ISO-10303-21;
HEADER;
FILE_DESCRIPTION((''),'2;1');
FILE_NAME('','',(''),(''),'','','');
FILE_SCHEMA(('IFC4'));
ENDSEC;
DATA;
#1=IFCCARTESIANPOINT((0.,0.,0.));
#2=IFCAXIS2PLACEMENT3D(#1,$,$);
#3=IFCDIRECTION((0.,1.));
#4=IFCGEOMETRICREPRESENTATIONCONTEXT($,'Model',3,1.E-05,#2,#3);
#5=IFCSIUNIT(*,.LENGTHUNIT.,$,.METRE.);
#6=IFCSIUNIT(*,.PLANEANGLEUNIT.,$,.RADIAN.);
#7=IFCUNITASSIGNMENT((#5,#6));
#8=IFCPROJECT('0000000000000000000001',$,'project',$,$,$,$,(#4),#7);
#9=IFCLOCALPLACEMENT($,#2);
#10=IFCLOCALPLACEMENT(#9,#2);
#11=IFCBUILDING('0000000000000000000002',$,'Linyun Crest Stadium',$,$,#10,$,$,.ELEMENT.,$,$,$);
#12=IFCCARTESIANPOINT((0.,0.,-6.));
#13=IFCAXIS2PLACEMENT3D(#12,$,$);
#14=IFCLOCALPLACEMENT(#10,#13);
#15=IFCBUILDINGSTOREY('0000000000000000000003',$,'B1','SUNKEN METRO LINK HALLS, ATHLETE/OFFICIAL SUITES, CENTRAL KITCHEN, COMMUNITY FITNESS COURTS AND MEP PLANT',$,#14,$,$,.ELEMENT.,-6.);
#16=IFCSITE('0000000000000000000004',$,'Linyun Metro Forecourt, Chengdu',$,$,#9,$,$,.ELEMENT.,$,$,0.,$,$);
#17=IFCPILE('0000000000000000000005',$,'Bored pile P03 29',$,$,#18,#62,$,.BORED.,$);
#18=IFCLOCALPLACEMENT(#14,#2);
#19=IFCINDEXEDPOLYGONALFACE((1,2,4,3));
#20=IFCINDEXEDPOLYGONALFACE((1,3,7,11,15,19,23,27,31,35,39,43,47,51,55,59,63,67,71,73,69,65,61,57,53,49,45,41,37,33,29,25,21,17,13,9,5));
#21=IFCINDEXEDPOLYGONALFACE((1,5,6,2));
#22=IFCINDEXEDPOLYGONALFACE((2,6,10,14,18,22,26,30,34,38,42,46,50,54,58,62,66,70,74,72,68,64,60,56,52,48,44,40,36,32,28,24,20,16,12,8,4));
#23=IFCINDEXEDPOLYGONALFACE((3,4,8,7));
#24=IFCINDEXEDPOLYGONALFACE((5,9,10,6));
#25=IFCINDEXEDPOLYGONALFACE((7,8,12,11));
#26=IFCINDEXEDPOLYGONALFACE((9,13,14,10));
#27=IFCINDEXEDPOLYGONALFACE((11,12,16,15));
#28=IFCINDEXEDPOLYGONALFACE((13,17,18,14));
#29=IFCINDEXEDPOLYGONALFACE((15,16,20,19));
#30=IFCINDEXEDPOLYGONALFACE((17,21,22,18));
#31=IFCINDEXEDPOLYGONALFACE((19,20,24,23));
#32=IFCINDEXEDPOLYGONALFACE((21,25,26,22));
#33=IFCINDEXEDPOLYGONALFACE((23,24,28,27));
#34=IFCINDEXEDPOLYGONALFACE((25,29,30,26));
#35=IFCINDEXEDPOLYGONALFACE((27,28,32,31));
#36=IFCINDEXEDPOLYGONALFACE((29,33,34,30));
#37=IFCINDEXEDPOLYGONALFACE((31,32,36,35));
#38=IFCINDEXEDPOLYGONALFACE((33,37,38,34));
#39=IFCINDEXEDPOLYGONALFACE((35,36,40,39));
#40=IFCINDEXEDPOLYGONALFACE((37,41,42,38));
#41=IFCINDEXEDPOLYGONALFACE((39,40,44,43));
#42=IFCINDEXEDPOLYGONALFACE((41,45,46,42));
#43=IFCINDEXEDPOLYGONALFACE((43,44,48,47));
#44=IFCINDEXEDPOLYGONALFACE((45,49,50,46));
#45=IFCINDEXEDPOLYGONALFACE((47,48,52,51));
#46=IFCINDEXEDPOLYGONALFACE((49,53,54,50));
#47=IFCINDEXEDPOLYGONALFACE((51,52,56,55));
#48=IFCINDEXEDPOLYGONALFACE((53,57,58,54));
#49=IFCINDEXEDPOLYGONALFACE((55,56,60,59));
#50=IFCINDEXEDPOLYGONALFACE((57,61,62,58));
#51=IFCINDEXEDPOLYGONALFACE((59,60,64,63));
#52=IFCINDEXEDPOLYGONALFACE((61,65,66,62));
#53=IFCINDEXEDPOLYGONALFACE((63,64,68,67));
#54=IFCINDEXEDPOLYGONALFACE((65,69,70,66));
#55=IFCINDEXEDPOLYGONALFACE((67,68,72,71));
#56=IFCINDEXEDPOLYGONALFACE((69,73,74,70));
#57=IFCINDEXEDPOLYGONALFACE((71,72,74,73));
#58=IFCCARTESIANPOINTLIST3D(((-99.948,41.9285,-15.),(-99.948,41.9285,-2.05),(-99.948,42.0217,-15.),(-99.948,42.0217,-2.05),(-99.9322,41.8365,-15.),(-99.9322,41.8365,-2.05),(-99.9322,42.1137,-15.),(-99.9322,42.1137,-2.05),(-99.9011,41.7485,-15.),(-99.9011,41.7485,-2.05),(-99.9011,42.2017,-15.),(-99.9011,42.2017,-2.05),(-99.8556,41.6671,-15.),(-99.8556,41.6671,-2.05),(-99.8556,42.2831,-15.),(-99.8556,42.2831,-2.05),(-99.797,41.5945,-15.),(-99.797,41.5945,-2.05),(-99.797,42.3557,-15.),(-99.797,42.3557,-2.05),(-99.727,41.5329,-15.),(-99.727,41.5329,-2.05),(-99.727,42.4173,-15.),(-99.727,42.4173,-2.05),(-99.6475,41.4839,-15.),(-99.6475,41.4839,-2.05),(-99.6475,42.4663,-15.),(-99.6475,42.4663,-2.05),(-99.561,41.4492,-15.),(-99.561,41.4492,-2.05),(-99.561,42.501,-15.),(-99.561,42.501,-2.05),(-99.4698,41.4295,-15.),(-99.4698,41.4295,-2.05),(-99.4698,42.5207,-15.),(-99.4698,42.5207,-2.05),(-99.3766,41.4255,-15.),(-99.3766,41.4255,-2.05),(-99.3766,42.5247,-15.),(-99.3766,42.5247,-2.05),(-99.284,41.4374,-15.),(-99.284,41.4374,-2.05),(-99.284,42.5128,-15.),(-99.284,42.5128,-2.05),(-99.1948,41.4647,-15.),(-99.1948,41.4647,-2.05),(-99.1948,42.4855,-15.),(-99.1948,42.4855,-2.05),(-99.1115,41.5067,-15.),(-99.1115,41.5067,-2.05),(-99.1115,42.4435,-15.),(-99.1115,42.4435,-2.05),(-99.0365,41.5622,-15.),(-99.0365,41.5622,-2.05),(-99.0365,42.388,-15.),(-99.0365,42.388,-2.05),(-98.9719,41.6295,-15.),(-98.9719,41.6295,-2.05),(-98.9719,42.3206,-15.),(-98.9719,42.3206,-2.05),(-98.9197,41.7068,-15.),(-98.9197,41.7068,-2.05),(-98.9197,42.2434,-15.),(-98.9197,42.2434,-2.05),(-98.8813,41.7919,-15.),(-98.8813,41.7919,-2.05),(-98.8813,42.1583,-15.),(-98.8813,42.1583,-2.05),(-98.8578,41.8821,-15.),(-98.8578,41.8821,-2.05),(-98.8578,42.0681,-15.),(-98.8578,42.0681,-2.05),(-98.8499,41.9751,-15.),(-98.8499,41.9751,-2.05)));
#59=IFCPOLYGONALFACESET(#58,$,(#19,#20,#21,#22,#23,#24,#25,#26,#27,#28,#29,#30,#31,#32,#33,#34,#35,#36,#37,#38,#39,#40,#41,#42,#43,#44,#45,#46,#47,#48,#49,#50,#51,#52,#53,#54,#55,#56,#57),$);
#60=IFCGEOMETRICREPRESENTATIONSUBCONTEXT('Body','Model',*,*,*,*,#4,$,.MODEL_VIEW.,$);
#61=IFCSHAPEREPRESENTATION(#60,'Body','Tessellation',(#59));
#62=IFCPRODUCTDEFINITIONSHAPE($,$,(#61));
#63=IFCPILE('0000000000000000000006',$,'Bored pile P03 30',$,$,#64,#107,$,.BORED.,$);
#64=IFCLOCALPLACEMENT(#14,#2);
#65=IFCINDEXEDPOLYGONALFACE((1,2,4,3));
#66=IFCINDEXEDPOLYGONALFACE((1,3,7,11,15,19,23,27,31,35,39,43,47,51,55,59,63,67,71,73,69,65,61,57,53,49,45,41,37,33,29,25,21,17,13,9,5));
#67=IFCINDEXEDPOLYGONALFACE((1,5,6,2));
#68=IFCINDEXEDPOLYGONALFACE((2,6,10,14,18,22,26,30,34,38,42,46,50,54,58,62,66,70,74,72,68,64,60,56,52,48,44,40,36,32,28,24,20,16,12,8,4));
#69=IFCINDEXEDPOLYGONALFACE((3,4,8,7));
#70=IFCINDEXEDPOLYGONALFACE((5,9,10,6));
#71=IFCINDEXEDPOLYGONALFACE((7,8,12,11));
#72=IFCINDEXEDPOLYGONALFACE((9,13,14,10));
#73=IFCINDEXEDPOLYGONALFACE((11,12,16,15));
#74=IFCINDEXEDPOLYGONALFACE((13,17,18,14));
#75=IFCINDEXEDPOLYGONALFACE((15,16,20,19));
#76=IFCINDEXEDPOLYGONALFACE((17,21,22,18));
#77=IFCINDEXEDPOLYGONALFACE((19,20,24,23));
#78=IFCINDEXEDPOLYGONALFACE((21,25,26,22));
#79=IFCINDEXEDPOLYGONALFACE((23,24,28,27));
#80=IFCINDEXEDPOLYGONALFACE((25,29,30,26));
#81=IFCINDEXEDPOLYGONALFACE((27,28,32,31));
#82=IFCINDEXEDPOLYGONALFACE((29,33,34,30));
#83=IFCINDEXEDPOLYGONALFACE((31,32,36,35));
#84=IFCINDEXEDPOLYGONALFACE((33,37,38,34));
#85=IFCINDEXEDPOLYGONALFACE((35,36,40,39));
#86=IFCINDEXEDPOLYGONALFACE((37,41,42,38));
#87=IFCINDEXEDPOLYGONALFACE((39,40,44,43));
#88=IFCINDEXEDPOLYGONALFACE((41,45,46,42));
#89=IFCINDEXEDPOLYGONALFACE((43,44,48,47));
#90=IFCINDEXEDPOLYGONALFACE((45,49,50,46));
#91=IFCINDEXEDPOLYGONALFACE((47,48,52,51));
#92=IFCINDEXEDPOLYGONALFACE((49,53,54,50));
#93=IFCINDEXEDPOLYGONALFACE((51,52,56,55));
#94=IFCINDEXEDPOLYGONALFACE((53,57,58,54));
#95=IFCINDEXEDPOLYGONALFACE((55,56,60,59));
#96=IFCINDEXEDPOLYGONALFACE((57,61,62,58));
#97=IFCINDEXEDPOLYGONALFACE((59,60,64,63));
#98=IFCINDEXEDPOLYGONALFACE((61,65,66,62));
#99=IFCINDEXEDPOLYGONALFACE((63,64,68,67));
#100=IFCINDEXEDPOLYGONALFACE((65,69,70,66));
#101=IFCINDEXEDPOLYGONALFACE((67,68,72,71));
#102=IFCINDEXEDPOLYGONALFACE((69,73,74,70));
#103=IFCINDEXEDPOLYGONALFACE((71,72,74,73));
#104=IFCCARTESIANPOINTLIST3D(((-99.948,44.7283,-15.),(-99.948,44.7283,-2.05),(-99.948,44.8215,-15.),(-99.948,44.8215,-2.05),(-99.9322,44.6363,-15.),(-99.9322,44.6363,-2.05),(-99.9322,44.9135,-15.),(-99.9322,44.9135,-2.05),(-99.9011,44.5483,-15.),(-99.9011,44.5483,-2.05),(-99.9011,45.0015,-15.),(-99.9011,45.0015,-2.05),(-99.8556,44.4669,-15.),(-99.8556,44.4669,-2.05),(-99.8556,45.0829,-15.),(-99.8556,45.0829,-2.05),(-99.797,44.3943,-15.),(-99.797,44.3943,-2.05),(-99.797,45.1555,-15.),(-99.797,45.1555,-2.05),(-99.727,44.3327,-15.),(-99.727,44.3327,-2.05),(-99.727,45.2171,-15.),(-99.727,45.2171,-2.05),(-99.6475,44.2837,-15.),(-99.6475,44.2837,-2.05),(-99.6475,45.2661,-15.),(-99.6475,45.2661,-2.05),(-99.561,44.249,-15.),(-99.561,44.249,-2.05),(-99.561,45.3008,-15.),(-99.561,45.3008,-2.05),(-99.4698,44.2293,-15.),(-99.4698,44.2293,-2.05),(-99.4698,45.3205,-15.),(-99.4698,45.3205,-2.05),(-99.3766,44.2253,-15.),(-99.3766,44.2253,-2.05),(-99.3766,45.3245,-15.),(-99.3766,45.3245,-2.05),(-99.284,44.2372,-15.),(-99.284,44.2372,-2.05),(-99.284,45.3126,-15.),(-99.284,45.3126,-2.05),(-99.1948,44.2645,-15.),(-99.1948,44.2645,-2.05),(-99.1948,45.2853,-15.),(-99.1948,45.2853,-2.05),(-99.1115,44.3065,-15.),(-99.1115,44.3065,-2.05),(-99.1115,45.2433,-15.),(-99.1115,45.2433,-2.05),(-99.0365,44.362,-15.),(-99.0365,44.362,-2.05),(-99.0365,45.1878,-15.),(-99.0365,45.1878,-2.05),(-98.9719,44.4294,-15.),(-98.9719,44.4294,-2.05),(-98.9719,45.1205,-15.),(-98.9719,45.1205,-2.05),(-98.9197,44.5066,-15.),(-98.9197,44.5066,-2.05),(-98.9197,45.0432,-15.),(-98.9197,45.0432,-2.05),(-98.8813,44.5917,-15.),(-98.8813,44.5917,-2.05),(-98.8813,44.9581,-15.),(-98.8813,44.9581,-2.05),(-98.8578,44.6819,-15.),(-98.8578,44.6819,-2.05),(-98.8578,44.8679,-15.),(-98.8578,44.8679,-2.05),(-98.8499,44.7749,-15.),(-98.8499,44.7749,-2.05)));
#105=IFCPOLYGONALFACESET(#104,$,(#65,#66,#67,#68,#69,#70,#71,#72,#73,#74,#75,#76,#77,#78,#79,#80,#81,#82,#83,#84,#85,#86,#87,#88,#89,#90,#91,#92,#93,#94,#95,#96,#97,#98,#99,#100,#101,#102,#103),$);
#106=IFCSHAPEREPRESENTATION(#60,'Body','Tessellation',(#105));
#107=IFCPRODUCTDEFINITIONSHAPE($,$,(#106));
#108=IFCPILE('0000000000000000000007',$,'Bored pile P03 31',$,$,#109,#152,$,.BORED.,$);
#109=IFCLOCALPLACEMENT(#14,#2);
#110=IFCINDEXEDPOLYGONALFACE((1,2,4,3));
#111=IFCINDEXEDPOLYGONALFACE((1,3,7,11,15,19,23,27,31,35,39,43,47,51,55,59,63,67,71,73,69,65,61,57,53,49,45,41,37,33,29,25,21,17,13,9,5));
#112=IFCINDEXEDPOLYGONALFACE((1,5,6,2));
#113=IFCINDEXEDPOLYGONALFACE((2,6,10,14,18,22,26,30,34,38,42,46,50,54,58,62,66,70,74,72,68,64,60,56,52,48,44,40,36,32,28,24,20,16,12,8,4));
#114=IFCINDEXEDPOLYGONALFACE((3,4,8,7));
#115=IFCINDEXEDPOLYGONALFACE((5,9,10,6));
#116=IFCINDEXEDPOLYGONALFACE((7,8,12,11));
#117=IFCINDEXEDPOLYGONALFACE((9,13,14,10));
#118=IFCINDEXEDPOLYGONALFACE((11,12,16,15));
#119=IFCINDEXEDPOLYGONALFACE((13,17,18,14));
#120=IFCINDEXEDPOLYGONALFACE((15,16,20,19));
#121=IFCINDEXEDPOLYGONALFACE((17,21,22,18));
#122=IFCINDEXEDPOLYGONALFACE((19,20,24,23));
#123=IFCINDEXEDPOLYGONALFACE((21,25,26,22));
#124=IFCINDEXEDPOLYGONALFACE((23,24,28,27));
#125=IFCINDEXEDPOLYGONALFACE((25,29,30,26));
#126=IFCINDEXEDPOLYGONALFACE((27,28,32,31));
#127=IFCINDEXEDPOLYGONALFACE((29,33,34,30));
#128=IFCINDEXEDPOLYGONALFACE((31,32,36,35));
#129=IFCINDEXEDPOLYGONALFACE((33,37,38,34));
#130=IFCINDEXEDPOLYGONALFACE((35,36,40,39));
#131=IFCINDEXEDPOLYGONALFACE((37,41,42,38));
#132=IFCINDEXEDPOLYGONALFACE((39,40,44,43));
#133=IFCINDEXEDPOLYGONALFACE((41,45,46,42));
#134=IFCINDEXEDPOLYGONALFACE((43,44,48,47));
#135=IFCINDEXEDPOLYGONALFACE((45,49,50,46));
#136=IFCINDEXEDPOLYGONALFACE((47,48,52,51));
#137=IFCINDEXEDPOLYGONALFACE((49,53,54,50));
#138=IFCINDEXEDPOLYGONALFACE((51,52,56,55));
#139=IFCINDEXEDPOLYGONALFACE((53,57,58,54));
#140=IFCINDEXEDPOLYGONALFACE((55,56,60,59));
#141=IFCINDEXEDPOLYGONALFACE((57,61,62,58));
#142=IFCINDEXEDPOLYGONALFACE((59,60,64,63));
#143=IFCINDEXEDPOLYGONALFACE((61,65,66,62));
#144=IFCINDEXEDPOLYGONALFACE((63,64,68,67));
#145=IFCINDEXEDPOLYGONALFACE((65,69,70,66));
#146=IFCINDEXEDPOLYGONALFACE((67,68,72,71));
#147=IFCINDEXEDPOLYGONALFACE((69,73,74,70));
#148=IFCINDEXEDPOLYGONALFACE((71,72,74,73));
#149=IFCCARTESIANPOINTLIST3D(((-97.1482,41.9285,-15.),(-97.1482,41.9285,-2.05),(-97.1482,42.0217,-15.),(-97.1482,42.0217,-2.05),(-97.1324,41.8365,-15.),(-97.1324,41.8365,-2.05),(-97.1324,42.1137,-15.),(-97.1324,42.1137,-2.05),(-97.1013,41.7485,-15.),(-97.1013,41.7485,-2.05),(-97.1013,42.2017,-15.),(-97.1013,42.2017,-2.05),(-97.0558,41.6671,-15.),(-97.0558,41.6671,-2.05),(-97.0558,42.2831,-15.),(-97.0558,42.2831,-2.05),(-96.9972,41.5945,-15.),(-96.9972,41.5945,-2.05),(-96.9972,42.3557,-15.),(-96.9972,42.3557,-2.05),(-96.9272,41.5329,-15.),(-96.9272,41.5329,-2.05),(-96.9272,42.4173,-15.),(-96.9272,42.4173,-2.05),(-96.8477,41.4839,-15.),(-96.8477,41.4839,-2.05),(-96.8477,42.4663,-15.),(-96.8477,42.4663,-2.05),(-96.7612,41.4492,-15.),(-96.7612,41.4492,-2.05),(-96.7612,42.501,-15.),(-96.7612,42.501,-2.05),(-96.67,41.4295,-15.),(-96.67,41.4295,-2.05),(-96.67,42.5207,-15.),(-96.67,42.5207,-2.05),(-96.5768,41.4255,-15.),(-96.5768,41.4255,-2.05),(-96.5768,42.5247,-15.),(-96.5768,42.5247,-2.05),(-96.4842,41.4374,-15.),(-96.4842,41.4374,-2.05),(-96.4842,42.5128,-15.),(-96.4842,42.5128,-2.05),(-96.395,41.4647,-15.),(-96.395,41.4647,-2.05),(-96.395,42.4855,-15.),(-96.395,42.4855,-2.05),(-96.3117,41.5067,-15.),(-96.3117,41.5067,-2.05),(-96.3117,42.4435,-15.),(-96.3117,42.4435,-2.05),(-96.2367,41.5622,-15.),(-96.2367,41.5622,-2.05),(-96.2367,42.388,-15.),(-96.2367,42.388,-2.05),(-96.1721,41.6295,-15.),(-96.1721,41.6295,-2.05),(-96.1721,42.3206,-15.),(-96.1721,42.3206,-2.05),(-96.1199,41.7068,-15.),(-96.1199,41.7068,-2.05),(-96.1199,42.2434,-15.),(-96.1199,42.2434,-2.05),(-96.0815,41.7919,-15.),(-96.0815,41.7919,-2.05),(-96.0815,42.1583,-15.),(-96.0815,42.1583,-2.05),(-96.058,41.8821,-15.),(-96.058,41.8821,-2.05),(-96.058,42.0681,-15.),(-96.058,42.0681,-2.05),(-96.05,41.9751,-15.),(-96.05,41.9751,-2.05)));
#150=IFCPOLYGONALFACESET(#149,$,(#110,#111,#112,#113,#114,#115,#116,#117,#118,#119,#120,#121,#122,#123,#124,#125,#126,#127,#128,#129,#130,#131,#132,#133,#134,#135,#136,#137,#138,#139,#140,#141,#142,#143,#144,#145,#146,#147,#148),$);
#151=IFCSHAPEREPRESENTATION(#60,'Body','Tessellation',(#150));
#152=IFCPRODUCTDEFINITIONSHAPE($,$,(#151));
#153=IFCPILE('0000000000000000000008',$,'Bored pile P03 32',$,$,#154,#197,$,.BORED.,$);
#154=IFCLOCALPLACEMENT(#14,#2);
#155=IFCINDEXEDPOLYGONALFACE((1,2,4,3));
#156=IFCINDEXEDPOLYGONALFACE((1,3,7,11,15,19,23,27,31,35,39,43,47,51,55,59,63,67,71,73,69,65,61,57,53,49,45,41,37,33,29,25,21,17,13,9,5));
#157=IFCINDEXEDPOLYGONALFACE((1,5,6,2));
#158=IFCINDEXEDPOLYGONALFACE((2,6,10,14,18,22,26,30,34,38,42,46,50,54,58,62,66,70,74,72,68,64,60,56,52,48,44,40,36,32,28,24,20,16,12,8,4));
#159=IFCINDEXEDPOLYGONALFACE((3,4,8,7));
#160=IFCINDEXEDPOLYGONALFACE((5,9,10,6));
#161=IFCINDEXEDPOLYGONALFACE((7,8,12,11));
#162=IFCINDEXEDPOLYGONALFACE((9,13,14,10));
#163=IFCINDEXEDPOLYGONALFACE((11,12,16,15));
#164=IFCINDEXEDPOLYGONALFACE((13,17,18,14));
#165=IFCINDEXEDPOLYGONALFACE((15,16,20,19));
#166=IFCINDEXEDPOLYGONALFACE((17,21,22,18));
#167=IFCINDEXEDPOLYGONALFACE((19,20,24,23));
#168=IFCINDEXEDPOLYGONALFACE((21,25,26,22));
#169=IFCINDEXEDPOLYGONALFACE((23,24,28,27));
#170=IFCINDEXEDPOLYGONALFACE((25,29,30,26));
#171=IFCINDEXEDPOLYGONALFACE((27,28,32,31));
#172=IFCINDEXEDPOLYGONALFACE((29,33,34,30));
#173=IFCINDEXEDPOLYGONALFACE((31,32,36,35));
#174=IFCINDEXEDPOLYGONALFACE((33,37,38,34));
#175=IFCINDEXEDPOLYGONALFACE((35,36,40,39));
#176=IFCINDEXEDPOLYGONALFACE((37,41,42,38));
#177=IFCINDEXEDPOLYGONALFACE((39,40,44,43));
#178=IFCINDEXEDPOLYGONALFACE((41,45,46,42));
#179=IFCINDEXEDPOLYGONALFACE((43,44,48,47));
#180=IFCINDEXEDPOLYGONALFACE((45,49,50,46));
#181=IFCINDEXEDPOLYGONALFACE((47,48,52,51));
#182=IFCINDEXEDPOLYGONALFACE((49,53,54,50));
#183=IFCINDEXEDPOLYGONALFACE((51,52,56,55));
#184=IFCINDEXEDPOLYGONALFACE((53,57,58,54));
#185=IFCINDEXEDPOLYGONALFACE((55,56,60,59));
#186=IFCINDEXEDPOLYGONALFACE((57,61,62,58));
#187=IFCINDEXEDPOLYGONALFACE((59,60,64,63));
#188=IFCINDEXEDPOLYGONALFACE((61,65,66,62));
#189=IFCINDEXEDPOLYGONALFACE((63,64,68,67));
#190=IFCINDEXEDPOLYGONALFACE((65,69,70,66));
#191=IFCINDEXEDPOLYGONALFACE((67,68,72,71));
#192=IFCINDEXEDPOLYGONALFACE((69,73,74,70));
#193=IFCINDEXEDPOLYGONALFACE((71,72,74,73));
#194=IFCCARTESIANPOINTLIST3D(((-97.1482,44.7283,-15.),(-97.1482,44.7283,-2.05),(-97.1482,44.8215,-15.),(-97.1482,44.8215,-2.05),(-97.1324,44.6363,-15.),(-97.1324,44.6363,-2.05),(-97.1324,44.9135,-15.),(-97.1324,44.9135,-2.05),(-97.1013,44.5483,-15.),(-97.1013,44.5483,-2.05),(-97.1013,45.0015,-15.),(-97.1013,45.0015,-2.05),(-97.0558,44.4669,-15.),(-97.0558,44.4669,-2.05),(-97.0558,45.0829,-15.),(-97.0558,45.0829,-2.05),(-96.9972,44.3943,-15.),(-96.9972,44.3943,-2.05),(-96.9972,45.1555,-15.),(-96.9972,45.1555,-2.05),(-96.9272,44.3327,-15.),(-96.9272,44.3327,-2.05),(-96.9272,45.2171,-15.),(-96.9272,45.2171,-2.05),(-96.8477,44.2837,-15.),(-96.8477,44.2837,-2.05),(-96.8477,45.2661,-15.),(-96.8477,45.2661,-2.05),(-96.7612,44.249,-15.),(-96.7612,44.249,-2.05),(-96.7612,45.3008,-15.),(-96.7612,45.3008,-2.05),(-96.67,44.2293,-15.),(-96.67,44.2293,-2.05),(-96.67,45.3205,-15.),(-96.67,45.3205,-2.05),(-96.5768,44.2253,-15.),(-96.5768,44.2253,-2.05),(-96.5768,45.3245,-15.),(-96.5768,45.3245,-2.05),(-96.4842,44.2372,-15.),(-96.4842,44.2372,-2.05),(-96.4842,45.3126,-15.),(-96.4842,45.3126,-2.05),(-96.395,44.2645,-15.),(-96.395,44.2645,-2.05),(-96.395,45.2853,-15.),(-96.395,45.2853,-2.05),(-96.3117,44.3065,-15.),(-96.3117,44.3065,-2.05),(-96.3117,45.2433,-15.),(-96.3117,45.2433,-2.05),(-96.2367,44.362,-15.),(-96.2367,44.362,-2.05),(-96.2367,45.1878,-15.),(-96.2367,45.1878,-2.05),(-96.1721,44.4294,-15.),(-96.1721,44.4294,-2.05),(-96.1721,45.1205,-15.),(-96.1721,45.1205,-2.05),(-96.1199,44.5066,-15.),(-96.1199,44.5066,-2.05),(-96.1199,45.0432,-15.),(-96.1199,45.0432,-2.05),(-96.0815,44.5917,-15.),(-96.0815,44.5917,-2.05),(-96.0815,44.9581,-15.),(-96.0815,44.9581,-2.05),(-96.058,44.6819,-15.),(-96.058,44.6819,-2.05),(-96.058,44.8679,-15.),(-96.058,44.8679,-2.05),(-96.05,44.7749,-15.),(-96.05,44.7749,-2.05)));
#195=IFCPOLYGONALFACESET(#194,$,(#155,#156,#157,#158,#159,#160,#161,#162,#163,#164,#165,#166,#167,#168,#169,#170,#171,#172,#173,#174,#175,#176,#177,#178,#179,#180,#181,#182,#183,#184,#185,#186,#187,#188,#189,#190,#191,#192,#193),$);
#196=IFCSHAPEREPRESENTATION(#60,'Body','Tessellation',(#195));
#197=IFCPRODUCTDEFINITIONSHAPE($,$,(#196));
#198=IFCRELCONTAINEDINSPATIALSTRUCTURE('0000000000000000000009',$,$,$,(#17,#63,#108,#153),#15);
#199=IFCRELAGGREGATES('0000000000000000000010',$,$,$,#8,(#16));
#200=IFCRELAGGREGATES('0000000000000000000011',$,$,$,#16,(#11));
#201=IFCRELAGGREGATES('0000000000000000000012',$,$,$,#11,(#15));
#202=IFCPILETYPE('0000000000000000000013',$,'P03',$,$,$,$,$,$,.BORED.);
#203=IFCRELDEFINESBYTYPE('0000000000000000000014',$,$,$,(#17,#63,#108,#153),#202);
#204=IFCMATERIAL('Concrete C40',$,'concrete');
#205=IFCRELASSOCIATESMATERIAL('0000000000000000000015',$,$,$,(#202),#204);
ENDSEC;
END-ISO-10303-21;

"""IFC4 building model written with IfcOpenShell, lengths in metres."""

from ifc_helpers import new_model, si_unit, direction, frame, origin, origin_2d, place, context, subcontext, project, spatial, circle, extrude, material, material_profile, profile_set, type_object, element, save


model = new_model("IFC4")

# Units and contexts
model_context = context("Model", 3, precision=1e-05, world=origin(), true_north=direction((0.0, 1.0)))
body_context = subcontext(model_context, "Body", "Model", "MODEL_VIEW")
ifc_project = project(units=[si_unit("LENGTHUNIT", "METRE"), si_unit("PLANEANGLEUNIT", "RADIAN")], contexts=[model_context])

# Site, building, storey
site_placement = place(None, origin())
site = spatial("IfcSite", under=ifc_project, at=site_placement, Name="Linyun Metro Forecourt, Chengdu", CompositionType="ELEMENT", RefElevation=0.0)
building_placement = place(site_placement, origin())
building = spatial("IfcBuilding", under=site, at=building_placement, Name="Linyun Crest Stadium", CompositionType="ELEMENT")
storey_placement = place(building_placement, frame((0.0, 0.0, -6.0)))
storey = spatial("IfcBuildingStorey", under=building, at=storey_placement, Name="B1", Description="SUNKEN METRO LINK HALLS, ATHLETE/OFFICIAL SUITES, CENTRAL KITCHEN, COMMUNITY FITNESS COURTS AND MEP PLANT", CompositionType="ELEMENT", Elevation=-6.0)

# Piles
ifc_material_1 = material(Name="Concrete C40", Category="concrete")
ifc_material_profile_1 = material_profile(ifc_material_1, circle(Radius=0.55, at=origin_2d()), Name="BORED PILE 1100")
ifc_profile_set_1 = profile_set([ifc_material_profile_1], Name="Concrete C40")
pile_type_1 = type_object("IfcPileType", Name="P03", PredefinedType="BORED", material=ifc_profile_set_1)
for number, where, z_axis, x_axis, name in (
    (1, (-99.3999, 41.9751, -2.05), (0.0, 0.0, -1.0), (1.0, 0.0, 0.0), "Bored pile P03 29"),
    (2, (-99.3999, 44.7749, -2.05), (0.0, 0.0, -1.0), (1.0, 0.0, 0.0), "Bored pile P03 30"),
    (3, (-96.6001, 41.9751, -2.05), (0.0, 0.0, -1.0), (1.0, 0.0, 0.0), "Bored pile P03 31"),
    (4, (-96.6001, 44.7749, -2.05), (0.0, 0.0, -1.0), (1.0, 0.0, 0.0), "Bored pile P03 32"),
):
    element("IfcPile", number, at=place(storey_placement, frame(where, z_axis=z_axis, x_axis=x_axis)), inside=storey, type_object=pile_type_1, Name=name, PredefinedType="BORED", context=body_context, shape_type="SweptSolid", body=[
        extrude(circle(Radius=0.55, at=origin_2d()), origin(), (0.0, 0.0, 1.0), 12.95),
    ])

save(model, "model.ifc")
